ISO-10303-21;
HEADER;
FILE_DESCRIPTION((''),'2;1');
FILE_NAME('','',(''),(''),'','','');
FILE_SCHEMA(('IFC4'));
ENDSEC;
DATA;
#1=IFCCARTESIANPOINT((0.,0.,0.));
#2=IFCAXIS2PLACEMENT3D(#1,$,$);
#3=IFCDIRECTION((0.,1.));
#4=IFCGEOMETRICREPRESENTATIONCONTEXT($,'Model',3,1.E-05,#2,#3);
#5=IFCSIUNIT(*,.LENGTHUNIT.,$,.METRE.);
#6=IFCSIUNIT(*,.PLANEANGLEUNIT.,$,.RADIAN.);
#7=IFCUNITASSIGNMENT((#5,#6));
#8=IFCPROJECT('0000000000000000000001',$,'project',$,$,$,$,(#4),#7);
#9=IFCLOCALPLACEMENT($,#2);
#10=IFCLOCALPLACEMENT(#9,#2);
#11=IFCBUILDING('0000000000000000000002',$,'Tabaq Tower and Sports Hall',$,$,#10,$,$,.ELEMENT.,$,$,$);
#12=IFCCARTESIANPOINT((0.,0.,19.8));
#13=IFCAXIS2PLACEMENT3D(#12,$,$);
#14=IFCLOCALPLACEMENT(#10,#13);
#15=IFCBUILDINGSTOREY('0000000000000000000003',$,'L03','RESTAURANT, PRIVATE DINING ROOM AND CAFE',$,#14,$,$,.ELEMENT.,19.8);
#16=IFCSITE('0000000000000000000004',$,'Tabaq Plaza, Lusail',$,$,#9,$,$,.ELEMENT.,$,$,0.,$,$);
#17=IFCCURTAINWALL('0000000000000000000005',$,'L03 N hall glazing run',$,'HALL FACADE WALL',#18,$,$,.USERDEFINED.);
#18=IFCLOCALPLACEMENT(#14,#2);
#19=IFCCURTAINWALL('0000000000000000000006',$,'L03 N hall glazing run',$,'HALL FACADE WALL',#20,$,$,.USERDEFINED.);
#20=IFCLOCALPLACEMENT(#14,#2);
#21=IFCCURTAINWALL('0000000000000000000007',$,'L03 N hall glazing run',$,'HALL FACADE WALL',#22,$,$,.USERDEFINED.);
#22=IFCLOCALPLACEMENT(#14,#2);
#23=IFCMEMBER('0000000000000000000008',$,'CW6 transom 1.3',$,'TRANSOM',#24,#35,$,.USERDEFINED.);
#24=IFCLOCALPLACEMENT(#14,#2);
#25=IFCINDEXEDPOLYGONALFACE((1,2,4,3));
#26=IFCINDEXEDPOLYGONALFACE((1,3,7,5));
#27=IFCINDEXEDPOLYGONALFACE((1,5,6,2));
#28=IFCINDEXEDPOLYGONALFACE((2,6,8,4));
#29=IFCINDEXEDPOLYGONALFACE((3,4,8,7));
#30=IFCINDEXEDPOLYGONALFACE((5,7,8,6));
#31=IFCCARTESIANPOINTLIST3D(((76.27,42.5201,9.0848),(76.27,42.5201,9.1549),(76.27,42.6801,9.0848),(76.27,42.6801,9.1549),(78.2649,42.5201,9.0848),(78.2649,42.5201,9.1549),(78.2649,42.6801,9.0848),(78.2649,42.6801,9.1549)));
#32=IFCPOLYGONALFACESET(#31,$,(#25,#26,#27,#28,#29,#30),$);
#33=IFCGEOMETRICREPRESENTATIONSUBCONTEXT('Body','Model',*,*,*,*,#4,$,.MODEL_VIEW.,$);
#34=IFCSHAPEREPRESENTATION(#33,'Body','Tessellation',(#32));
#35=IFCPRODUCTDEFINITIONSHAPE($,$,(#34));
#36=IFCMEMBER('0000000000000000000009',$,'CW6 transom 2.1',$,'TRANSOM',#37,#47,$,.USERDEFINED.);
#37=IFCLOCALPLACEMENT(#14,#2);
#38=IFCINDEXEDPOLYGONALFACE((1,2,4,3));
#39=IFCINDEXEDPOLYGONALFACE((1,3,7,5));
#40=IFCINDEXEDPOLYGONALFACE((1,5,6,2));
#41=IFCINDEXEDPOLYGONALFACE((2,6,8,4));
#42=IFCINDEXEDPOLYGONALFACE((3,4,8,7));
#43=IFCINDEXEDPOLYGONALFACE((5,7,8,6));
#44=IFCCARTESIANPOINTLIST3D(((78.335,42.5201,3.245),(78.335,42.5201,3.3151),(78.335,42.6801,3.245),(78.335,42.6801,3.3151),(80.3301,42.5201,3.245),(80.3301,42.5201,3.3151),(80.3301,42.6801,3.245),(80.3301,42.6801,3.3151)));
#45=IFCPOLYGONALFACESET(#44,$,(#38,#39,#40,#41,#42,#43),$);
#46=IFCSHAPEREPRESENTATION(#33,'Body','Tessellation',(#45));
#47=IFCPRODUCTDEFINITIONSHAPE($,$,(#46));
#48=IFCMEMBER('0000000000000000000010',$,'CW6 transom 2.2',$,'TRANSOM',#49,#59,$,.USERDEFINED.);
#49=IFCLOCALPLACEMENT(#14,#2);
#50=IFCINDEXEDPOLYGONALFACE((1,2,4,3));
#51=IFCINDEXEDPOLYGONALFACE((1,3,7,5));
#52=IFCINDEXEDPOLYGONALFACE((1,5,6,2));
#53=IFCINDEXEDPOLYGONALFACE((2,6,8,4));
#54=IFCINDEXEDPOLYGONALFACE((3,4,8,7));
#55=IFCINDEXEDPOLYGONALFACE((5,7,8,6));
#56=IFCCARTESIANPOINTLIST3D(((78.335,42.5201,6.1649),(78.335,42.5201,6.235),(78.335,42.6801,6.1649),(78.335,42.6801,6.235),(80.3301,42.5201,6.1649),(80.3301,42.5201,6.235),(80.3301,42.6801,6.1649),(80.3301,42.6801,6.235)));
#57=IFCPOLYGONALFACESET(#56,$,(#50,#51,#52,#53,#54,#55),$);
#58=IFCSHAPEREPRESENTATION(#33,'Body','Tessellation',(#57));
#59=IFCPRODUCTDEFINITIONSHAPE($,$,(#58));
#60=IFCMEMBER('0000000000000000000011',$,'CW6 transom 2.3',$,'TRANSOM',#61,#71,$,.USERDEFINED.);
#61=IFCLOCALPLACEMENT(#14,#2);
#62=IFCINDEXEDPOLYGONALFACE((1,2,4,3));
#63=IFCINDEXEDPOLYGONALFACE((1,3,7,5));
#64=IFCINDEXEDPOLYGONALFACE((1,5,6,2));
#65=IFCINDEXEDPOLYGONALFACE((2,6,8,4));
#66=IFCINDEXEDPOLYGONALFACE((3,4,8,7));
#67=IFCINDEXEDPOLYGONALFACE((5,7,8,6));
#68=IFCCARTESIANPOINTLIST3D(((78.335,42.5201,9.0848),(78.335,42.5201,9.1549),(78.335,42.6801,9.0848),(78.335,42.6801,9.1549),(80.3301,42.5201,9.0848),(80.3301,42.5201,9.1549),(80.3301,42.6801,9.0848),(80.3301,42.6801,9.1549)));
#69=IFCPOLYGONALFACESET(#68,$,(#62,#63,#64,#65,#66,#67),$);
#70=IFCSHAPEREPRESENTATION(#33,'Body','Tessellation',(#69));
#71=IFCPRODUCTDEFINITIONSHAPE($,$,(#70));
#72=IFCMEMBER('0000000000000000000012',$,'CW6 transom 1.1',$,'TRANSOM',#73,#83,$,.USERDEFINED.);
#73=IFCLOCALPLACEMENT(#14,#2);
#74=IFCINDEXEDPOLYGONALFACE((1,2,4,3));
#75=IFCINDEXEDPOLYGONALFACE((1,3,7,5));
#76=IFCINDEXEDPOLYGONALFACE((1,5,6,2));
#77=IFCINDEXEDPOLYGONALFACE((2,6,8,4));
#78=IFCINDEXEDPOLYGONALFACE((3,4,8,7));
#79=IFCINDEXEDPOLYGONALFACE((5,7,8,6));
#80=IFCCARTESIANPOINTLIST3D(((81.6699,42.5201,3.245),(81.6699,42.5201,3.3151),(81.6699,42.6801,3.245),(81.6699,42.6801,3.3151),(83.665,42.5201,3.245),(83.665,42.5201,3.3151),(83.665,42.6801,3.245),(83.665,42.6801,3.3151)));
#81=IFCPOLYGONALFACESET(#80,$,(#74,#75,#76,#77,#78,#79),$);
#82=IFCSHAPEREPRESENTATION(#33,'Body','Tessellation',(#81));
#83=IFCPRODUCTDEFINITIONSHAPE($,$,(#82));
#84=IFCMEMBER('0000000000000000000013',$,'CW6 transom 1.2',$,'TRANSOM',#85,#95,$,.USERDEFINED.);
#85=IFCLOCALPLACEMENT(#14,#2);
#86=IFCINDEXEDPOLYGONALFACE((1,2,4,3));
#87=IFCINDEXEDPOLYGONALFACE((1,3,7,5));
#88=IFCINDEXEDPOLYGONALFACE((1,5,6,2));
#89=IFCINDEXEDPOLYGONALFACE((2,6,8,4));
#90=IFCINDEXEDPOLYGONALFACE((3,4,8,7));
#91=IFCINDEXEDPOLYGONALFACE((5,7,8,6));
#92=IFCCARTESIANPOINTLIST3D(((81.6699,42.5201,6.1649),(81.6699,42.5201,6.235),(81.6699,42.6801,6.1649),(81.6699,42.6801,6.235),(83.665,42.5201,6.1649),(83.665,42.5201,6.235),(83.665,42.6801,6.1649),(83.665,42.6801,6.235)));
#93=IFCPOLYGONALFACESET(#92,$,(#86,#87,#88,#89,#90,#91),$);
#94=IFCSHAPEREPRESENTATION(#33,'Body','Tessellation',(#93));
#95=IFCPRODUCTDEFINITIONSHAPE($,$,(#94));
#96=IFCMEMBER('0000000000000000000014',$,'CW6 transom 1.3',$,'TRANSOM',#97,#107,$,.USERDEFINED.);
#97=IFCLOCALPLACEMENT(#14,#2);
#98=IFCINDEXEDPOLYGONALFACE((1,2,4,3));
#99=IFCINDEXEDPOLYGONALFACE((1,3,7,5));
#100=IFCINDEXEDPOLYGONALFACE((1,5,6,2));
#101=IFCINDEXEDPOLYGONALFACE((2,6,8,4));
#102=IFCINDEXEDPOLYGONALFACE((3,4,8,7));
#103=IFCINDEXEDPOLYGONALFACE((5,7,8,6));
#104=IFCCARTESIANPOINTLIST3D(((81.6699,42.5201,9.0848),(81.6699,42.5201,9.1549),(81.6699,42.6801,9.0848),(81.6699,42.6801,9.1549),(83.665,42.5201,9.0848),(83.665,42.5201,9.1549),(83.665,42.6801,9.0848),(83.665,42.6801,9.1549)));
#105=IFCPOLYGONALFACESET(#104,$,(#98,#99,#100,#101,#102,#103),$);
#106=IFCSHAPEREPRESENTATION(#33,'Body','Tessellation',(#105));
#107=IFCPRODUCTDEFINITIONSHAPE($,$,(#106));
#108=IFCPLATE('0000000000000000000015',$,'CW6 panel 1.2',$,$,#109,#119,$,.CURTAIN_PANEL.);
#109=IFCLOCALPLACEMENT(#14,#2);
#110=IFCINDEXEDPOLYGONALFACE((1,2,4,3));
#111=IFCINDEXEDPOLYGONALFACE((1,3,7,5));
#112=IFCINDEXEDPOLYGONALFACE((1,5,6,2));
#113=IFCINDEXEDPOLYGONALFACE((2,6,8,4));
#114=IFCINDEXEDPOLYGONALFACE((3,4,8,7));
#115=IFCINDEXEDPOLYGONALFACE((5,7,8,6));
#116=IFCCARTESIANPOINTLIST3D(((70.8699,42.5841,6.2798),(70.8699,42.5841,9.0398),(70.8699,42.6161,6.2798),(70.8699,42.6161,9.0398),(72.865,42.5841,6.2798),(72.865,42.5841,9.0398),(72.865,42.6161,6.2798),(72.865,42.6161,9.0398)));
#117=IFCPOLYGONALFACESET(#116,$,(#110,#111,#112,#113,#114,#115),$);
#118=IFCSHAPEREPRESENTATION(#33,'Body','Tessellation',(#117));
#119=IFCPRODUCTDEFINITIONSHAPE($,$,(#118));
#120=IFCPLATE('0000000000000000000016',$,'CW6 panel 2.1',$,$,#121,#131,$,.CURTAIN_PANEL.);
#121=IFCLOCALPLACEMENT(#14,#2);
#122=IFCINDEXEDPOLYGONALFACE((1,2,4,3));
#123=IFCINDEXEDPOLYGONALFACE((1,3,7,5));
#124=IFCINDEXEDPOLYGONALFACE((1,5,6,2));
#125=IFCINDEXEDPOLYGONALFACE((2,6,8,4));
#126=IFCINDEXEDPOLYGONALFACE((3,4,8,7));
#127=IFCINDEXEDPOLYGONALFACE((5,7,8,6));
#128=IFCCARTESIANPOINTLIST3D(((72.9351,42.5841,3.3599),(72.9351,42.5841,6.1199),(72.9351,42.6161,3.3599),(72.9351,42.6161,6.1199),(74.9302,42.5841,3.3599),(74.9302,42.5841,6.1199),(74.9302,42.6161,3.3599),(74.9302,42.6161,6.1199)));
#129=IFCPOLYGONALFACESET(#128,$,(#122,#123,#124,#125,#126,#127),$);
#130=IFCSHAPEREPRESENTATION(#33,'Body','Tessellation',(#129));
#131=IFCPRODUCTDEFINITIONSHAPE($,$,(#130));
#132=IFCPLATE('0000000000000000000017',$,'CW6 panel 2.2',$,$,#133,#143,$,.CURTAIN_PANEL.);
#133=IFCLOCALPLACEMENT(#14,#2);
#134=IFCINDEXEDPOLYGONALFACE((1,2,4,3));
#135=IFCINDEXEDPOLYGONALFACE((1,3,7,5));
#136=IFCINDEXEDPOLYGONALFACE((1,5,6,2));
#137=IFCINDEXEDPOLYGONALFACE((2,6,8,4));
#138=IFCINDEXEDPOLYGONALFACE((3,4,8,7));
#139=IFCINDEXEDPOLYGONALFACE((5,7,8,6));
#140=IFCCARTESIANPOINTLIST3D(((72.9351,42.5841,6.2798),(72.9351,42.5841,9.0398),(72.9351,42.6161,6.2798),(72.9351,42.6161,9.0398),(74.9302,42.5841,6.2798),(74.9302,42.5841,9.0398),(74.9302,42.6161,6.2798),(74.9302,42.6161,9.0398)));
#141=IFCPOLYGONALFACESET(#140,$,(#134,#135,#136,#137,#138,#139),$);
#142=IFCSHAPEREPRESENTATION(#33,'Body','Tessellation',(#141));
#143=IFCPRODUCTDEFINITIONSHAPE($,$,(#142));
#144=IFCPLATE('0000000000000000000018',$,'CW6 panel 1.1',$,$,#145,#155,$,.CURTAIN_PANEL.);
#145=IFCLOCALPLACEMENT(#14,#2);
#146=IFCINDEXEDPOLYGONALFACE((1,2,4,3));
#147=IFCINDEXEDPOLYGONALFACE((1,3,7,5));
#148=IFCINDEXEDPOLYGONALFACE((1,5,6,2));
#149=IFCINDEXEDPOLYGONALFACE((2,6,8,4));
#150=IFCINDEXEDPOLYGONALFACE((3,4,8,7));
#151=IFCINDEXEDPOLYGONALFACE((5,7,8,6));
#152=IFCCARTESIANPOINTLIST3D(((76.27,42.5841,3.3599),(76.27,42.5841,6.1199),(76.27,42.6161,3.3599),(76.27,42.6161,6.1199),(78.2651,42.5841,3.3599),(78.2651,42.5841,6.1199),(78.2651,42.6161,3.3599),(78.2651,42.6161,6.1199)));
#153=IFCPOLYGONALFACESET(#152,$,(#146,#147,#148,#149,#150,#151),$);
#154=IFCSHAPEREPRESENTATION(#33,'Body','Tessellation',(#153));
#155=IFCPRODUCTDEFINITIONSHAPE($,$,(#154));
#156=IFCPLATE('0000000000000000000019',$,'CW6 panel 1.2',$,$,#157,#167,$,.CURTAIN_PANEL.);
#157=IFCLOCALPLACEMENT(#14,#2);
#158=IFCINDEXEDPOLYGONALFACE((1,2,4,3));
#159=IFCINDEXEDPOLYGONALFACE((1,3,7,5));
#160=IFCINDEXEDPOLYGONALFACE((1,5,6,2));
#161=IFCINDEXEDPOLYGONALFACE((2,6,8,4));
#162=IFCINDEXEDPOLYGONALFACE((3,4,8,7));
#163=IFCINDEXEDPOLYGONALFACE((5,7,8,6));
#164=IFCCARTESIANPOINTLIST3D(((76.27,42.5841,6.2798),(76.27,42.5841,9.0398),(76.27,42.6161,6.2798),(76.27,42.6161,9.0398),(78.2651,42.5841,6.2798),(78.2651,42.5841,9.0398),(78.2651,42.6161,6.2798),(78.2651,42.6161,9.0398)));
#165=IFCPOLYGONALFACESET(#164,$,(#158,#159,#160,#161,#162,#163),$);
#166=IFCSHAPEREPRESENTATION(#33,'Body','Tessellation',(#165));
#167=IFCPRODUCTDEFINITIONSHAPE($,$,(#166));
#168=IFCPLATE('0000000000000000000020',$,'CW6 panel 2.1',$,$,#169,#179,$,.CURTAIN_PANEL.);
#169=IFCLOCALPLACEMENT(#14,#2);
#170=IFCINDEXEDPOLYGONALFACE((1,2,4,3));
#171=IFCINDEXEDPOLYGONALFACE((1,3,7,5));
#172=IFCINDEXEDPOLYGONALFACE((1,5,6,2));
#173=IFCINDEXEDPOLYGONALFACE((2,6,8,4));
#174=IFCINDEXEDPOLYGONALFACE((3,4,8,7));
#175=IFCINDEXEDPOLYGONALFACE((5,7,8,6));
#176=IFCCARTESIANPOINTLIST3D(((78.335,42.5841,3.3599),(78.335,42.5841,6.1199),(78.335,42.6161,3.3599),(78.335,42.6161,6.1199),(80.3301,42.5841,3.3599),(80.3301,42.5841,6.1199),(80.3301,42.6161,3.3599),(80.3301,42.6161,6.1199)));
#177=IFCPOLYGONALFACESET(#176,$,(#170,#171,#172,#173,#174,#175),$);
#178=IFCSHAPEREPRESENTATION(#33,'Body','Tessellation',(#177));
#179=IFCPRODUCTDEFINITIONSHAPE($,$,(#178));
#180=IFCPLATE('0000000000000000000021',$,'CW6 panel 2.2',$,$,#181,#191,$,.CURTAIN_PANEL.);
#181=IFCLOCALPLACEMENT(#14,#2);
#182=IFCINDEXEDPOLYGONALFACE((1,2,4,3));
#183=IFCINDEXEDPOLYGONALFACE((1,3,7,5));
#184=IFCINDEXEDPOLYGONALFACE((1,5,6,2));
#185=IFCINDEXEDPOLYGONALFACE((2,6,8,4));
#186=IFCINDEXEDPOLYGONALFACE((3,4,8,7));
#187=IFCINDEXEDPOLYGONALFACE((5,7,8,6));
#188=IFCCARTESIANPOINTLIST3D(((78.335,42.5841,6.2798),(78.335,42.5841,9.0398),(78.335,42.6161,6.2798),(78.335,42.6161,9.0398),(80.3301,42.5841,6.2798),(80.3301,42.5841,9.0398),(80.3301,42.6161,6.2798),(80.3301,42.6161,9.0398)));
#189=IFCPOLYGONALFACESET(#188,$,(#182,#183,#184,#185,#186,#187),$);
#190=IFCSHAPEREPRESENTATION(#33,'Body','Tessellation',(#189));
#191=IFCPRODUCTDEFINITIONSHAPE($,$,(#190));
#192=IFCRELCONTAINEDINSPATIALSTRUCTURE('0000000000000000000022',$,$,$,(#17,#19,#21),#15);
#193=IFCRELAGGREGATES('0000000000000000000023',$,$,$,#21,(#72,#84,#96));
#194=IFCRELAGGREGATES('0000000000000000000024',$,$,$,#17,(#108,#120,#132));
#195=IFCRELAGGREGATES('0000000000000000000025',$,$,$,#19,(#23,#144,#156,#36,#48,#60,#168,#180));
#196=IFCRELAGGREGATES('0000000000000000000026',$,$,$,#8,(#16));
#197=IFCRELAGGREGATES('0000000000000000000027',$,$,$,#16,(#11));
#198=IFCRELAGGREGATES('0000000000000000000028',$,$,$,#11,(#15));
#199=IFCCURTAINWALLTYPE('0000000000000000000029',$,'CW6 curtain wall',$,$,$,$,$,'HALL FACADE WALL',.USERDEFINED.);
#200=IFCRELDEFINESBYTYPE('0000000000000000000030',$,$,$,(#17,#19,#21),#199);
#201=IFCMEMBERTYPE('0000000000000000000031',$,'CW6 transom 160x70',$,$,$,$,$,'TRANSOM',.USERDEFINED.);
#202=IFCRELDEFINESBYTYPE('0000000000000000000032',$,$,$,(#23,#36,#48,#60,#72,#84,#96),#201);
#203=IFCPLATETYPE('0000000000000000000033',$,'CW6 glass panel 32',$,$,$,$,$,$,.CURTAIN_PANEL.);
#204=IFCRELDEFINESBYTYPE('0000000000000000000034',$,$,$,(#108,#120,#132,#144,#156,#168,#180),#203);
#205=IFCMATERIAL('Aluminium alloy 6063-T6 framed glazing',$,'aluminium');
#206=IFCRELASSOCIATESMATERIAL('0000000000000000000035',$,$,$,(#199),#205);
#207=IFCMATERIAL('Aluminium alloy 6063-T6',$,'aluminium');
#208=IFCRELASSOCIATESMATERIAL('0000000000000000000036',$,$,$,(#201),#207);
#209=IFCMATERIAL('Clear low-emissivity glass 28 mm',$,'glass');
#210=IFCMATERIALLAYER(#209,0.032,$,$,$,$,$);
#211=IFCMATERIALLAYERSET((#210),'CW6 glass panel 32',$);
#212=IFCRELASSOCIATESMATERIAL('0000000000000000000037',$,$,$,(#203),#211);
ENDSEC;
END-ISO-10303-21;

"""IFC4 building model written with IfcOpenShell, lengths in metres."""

from ifc_helpers import new_model, si_unit, direction, frame, origin, origin_2d, place, context, subcontext, project, spatial, rectangle, extrude, material, layer, layer_set, material_profile, profile_set, type_object, element, aggregate, save


model = new_model("IFC4")

# Units and contexts
model_context = context("Model", 3, precision=1e-05, world=origin(), true_north=direction((0.0, 1.0)))
body_context = subcontext(model_context, "Body", "Model", "MODEL_VIEW")
ifc_project = project(units=[si_unit("LENGTHUNIT", "METRE"), si_unit("PLANEANGLEUNIT", "RADIAN")], contexts=[model_context])

# Site, building, storey
site_placement = place(None, origin())
site = spatial("IfcSite", under=ifc_project, at=site_placement, Name="Tabaq Plaza, Lusail", CompositionType="ELEMENT", RefElevation=0.0)
building_placement = place(site_placement, origin())
building = spatial("IfcBuilding", under=site, at=building_placement, Name="Tabaq Tower and Sports Hall", CompositionType="ELEMENT")
storey_placement = place(building_placement, frame((0.0, 0.0, 19.8)))
storey = spatial("IfcBuildingStorey", under=building, at=storey_placement, Name="L03", Description="RESTAURANT, PRIVATE DINING ROOM AND CAFE", CompositionType="ELEMENT", Elevation=19.8)

# Curtain walls
ifc_material_1 = material(Name="Aluminium alloy 6063-T6 framed glazing", Category="aluminium")
curtain_wall_type = type_object("IfcCurtainWallType", Name="CW6 curtain wall", ElementType="HALL FACADE WALL", PredefinedType="USERDEFINED", material=ifc_material_1)
curtain_wall_1_placement = place(storey_placement, origin())
curtain_wall_1 = element("IfcCurtainWall", 1, at=curtain_wall_1_placement, inside=storey, type_object=curtain_wall_type, Name="L03 N hall glazing run", ObjectType="HALL FACADE WALL", PredefinedType="USERDEFINED")
curtain_wall_2_placement = place(storey_placement, origin())
curtain_wall_2 = element("IfcCurtainWall", 2, at=curtain_wall_2_placement, inside=storey, type_object=curtain_wall_type, Name="L03 N hall glazing run", ObjectType="HALL FACADE WALL", PredefinedType="USERDEFINED")

# Curtain wall
curtain_wall_3_placement = place(storey_placement, origin())
curtain_wall_3 = element("IfcCurtainWall", 3, at=curtain_wall_3_placement, inside=storey, type_object=curtain_wall_type, Name="L03 N hall glazing run", ObjectType="HALL FACADE WALL", PredefinedType="USERDEFINED")

# Members
ifc_material_2 = material(Name="Aluminium alloy 6063-T6", Category="aluminium")
ifc_material_profile_1 = material_profile(ifc_material_2, rectangle(XDim=0.1599, YDim=0.0701, at=origin_2d()), Name="TRANSOM 160x70")
ifc_profile_set_1 = profile_set([ifc_material_profile_1], Name="Aluminium alloy 6063-T6")
member_type_1 = type_object("IfcMemberType", Name="CW6 transom 160x70", ElementType="TRANSOM", PredefinedType="USERDEFINED", material=ifc_profile_set_1)
member_1_placement = place(storey_placement, frame((76.27, 42.6001, 9.1199), z_axis=(1.0, 0.0, 0.0), x_axis=(0.0, 1.0, 0.0)))
member_1 = element("IfcMember", 4, at=member_1_placement, type_object=member_type_1, Name="CW6 transom 1.3", ObjectType="TRANSOM", PredefinedType="USERDEFINED", context=body_context, shape_type="SweptSolid", body=[
    extrude(rectangle(XDim=0.1599, YDim=0.0701, at=origin_2d()), origin(), (0.0, 0.0, 1.0), 1.9949),
])
member_2_placement = place(storey_placement, frame((78.335, 42.6001, 3.28), z_axis=(1.0, 0.0, 0.0), x_axis=(0.0, 1.0, 0.0)))
member_2 = element("IfcMember", 5, at=member_2_placement, type_object=member_type_1, Name="CW6 transom 2.1", ObjectType="TRANSOM", PredefinedType="USERDEFINED", context=body_context, shape_type="SweptSolid", body=[
    extrude(rectangle(XDim=0.1599, YDim=0.0701, at=origin_2d()), origin(), (0.0, 0.0, 1.0), 1.9951),
])
member_3_placement = place(storey_placement, frame((78.335, 42.6001, 6.2), z_axis=(1.0, 0.0, 0.0), x_axis=(0.0, 1.0, 0.0)))
member_3 = element("IfcMember", 6, at=member_3_placement, type_object=member_type_1, Name="CW6 transom 2.2", ObjectType="TRANSOM", PredefinedType="USERDEFINED", context=body_context, shape_type="SweptSolid", body=[
    extrude(rectangle(XDim=0.1599, YDim=0.0701, at=origin_2d()), origin(), (0.0, 0.0, 1.0), 1.9951),
])
member_4_placement = place(storey_placement, frame((78.335, 42.6001, 9.1199), z_axis=(1.0, 0.0, 0.0), x_axis=(0.0, 1.0, 0.0)))
member_4 = element("IfcMember", 7, at=member_4_placement, type_object=member_type_1, Name="CW6 transom 2.3", ObjectType="TRANSOM", PredefinedType="USERDEFINED", context=body_context, shape_type="SweptSolid", body=[
    extrude(rectangle(XDim=0.1599, YDim=0.0701, at=origin_2d()), origin(), (0.0, 0.0, 1.0), 1.9951),
])
member_5_placement = place(storey_placement, frame((81.6699, 42.6001, 3.28), z_axis=(1.0, 0.0, 0.0), x_axis=(0.0, 1.0, 0.0)))
member_5 = element("IfcMember", 8, at=member_5_placement, type_object=member_type_1, Name="CW6 transom 1.1", ObjectType="TRANSOM", PredefinedType="USERDEFINED", context=body_context, shape_type="SweptSolid", body=[
    extrude(rectangle(XDim=0.1599, YDim=0.0701, at=origin_2d()), origin(), (0.0, 0.0, 1.0), 1.9951),
])
member_6_placement = place(storey_placement, frame((81.6699, 42.6001, 6.2), z_axis=(1.0, 0.0, 0.0), x_axis=(0.0, 1.0, 0.0)))
member_6 = element("IfcMember", 9, at=member_6_placement, type_object=member_type_1, Name="CW6 transom 1.2", ObjectType="TRANSOM", PredefinedType="USERDEFINED", context=body_context, shape_type="SweptSolid", body=[
    extrude(rectangle(XDim=0.1599, YDim=0.0701, at=origin_2d()), origin(), (0.0, 0.0, 1.0), 1.9951),
])
member_7_placement = place(storey_placement, frame((81.6699, 42.6001, 9.1199), z_axis=(1.0, 0.0, 0.0), x_axis=(0.0, 1.0, 0.0)))
member_7 = element("IfcMember", 10, at=member_7_placement, type_object=member_type_1, Name="CW6 transom 1.3", ObjectType="TRANSOM", PredefinedType="USERDEFINED", context=body_context, shape_type="SweptSolid", body=[
    extrude(rectangle(XDim=0.1599, YDim=0.0701, at=origin_2d()), origin(), (0.0, 0.0, 1.0), 1.9951),
])
aggregate(curtain_wall_3, [member_5, member_6, member_7])

# Plates
ifc_material_3 = material(Name="Clear low-emissivity glass 28 mm", Category="glass")
ifc_layer_1 = layer(ifc_material_3, 0.032)
ifc_layer_set_1 = layer_set([ifc_layer_1], Name="CW6 glass panel 32")
plate_type = type_object("IfcPlateType", Name="CW6 glass panel 32", PredefinedType="CURTAIN_PANEL", material=ifc_layer_set_1)
plate_1_placement = place(storey_placement, frame((71.8674, 42.6001, 6.2798), z_axis=(0.0, 0.0, 1.0), x_axis=(1.0, 0.0, 0.0)))
plate_1 = element("IfcPlate", 11, at=plate_1_placement, type_object=plate_type, Name="CW6 panel 1.2", PredefinedType="CURTAIN_PANEL", context=body_context, shape_type="SweptSolid", body=[
    extrude(rectangle(XDim=1.9951, YDim=0.032, at=origin_2d()), origin(), (0.0, 0.0, 1.0), 2.76),
])
plate_2_placement = place(storey_placement, frame((73.9326, 42.6001, 3.3599), z_axis=(0.0, 0.0, 1.0), x_axis=(1.0, 0.0, 0.0)))
plate_2 = element("IfcPlate", 12, at=plate_2_placement, type_object=plate_type, Name="CW6 panel 2.1", PredefinedType="CURTAIN_PANEL", context=body_context, shape_type="SweptSolid", body=[
    extrude(rectangle(XDim=1.9951, YDim=0.032, at=origin_2d()), origin(), (0.0, 0.0, 1.0), 2.76),
])
plate_3_placement = place(storey_placement, frame((73.9326, 42.6001, 6.2798), z_axis=(0.0, 0.0, 1.0), x_axis=(1.0, 0.0, 0.0)))
plate_3 = element("IfcPlate", 13, at=plate_3_placement, type_object=plate_type, Name="CW6 panel 2.2", PredefinedType="CURTAIN_PANEL", context=body_context, shape_type="SweptSolid", body=[
    extrude(rectangle(XDim=1.9951, YDim=0.032, at=origin_2d()), origin(), (0.0, 0.0, 1.0), 2.76),
])
aggregate(curtain_wall_1, [plate_1, plate_2, plate_3])
plate_4_placement = place(storey_placement, frame((77.2676, 42.6001, 3.3599), z_axis=(0.0, 0.0, 1.0), x_axis=(1.0, 0.0, 0.0)))
plate_4 = element("IfcPlate", 14, at=plate_4_placement, type_object=plate_type, Name="CW6 panel 1.1", PredefinedType="CURTAIN_PANEL", context=body_context, shape_type="SweptSolid", body=[
    extrude(rectangle(XDim=1.9951, YDim=0.032, at=origin_2d()), origin(), (0.0, 0.0, 1.0), 2.76),
])
plate_5_placement = place(storey_placement, frame((77.2676, 42.6001, 6.2798), z_axis=(0.0, 0.0, 1.0), x_axis=(1.0, 0.0, 0.0)))
plate_5 = element("IfcPlate", 15, at=plate_5_placement, type_object=plate_type, Name="CW6 panel 1.2", PredefinedType="CURTAIN_PANEL", context=body_context, shape_type="SweptSolid", body=[
    extrude(rectangle(XDim=1.9951, YDim=0.032, at=origin_2d()), origin(), (0.0, 0.0, 1.0), 2.76),
])
plate_6_placement = place(storey_placement, frame((79.3325, 42.6001, 3.3599), z_axis=(0.0, 0.0, 1.0), x_axis=(1.0, 0.0, 0.0)))
plate_6 = element("IfcPlate", 16, at=plate_6_placement, type_object=plate_type, Name="CW6 panel 2.1", PredefinedType="CURTAIN_PANEL", context=body_context, shape_type="SweptSolid", body=[
    extrude(rectangle(XDim=1.9951, YDim=0.032, at=origin_2d()), origin(), (0.0, 0.0, 1.0), 2.76),
])
plate_7_placement = place(storey_placement, frame((79.3325, 42.6001, 6.2798), z_axis=(0.0, 0.0, 1.0), x_axis=(1.0, 0.0, 0.0)))
plate_7 = element("IfcPlate", 17, at=plate_7_placement, type_object=plate_type, Name="CW6 panel 2.2", PredefinedType="CURTAIN_PANEL", context=body_context, shape_type="SweptSolid", body=[
    extrude(rectangle(XDim=1.9951, YDim=0.032, at=origin_2d()), origin(), (0.0, 0.0, 1.0), 2.76),
])
aggregate(curtain_wall_2, [member_1, plate_4, plate_5, member_2, member_3, member_4, plate_6, plate_7])

save(model, "model.ifc")
